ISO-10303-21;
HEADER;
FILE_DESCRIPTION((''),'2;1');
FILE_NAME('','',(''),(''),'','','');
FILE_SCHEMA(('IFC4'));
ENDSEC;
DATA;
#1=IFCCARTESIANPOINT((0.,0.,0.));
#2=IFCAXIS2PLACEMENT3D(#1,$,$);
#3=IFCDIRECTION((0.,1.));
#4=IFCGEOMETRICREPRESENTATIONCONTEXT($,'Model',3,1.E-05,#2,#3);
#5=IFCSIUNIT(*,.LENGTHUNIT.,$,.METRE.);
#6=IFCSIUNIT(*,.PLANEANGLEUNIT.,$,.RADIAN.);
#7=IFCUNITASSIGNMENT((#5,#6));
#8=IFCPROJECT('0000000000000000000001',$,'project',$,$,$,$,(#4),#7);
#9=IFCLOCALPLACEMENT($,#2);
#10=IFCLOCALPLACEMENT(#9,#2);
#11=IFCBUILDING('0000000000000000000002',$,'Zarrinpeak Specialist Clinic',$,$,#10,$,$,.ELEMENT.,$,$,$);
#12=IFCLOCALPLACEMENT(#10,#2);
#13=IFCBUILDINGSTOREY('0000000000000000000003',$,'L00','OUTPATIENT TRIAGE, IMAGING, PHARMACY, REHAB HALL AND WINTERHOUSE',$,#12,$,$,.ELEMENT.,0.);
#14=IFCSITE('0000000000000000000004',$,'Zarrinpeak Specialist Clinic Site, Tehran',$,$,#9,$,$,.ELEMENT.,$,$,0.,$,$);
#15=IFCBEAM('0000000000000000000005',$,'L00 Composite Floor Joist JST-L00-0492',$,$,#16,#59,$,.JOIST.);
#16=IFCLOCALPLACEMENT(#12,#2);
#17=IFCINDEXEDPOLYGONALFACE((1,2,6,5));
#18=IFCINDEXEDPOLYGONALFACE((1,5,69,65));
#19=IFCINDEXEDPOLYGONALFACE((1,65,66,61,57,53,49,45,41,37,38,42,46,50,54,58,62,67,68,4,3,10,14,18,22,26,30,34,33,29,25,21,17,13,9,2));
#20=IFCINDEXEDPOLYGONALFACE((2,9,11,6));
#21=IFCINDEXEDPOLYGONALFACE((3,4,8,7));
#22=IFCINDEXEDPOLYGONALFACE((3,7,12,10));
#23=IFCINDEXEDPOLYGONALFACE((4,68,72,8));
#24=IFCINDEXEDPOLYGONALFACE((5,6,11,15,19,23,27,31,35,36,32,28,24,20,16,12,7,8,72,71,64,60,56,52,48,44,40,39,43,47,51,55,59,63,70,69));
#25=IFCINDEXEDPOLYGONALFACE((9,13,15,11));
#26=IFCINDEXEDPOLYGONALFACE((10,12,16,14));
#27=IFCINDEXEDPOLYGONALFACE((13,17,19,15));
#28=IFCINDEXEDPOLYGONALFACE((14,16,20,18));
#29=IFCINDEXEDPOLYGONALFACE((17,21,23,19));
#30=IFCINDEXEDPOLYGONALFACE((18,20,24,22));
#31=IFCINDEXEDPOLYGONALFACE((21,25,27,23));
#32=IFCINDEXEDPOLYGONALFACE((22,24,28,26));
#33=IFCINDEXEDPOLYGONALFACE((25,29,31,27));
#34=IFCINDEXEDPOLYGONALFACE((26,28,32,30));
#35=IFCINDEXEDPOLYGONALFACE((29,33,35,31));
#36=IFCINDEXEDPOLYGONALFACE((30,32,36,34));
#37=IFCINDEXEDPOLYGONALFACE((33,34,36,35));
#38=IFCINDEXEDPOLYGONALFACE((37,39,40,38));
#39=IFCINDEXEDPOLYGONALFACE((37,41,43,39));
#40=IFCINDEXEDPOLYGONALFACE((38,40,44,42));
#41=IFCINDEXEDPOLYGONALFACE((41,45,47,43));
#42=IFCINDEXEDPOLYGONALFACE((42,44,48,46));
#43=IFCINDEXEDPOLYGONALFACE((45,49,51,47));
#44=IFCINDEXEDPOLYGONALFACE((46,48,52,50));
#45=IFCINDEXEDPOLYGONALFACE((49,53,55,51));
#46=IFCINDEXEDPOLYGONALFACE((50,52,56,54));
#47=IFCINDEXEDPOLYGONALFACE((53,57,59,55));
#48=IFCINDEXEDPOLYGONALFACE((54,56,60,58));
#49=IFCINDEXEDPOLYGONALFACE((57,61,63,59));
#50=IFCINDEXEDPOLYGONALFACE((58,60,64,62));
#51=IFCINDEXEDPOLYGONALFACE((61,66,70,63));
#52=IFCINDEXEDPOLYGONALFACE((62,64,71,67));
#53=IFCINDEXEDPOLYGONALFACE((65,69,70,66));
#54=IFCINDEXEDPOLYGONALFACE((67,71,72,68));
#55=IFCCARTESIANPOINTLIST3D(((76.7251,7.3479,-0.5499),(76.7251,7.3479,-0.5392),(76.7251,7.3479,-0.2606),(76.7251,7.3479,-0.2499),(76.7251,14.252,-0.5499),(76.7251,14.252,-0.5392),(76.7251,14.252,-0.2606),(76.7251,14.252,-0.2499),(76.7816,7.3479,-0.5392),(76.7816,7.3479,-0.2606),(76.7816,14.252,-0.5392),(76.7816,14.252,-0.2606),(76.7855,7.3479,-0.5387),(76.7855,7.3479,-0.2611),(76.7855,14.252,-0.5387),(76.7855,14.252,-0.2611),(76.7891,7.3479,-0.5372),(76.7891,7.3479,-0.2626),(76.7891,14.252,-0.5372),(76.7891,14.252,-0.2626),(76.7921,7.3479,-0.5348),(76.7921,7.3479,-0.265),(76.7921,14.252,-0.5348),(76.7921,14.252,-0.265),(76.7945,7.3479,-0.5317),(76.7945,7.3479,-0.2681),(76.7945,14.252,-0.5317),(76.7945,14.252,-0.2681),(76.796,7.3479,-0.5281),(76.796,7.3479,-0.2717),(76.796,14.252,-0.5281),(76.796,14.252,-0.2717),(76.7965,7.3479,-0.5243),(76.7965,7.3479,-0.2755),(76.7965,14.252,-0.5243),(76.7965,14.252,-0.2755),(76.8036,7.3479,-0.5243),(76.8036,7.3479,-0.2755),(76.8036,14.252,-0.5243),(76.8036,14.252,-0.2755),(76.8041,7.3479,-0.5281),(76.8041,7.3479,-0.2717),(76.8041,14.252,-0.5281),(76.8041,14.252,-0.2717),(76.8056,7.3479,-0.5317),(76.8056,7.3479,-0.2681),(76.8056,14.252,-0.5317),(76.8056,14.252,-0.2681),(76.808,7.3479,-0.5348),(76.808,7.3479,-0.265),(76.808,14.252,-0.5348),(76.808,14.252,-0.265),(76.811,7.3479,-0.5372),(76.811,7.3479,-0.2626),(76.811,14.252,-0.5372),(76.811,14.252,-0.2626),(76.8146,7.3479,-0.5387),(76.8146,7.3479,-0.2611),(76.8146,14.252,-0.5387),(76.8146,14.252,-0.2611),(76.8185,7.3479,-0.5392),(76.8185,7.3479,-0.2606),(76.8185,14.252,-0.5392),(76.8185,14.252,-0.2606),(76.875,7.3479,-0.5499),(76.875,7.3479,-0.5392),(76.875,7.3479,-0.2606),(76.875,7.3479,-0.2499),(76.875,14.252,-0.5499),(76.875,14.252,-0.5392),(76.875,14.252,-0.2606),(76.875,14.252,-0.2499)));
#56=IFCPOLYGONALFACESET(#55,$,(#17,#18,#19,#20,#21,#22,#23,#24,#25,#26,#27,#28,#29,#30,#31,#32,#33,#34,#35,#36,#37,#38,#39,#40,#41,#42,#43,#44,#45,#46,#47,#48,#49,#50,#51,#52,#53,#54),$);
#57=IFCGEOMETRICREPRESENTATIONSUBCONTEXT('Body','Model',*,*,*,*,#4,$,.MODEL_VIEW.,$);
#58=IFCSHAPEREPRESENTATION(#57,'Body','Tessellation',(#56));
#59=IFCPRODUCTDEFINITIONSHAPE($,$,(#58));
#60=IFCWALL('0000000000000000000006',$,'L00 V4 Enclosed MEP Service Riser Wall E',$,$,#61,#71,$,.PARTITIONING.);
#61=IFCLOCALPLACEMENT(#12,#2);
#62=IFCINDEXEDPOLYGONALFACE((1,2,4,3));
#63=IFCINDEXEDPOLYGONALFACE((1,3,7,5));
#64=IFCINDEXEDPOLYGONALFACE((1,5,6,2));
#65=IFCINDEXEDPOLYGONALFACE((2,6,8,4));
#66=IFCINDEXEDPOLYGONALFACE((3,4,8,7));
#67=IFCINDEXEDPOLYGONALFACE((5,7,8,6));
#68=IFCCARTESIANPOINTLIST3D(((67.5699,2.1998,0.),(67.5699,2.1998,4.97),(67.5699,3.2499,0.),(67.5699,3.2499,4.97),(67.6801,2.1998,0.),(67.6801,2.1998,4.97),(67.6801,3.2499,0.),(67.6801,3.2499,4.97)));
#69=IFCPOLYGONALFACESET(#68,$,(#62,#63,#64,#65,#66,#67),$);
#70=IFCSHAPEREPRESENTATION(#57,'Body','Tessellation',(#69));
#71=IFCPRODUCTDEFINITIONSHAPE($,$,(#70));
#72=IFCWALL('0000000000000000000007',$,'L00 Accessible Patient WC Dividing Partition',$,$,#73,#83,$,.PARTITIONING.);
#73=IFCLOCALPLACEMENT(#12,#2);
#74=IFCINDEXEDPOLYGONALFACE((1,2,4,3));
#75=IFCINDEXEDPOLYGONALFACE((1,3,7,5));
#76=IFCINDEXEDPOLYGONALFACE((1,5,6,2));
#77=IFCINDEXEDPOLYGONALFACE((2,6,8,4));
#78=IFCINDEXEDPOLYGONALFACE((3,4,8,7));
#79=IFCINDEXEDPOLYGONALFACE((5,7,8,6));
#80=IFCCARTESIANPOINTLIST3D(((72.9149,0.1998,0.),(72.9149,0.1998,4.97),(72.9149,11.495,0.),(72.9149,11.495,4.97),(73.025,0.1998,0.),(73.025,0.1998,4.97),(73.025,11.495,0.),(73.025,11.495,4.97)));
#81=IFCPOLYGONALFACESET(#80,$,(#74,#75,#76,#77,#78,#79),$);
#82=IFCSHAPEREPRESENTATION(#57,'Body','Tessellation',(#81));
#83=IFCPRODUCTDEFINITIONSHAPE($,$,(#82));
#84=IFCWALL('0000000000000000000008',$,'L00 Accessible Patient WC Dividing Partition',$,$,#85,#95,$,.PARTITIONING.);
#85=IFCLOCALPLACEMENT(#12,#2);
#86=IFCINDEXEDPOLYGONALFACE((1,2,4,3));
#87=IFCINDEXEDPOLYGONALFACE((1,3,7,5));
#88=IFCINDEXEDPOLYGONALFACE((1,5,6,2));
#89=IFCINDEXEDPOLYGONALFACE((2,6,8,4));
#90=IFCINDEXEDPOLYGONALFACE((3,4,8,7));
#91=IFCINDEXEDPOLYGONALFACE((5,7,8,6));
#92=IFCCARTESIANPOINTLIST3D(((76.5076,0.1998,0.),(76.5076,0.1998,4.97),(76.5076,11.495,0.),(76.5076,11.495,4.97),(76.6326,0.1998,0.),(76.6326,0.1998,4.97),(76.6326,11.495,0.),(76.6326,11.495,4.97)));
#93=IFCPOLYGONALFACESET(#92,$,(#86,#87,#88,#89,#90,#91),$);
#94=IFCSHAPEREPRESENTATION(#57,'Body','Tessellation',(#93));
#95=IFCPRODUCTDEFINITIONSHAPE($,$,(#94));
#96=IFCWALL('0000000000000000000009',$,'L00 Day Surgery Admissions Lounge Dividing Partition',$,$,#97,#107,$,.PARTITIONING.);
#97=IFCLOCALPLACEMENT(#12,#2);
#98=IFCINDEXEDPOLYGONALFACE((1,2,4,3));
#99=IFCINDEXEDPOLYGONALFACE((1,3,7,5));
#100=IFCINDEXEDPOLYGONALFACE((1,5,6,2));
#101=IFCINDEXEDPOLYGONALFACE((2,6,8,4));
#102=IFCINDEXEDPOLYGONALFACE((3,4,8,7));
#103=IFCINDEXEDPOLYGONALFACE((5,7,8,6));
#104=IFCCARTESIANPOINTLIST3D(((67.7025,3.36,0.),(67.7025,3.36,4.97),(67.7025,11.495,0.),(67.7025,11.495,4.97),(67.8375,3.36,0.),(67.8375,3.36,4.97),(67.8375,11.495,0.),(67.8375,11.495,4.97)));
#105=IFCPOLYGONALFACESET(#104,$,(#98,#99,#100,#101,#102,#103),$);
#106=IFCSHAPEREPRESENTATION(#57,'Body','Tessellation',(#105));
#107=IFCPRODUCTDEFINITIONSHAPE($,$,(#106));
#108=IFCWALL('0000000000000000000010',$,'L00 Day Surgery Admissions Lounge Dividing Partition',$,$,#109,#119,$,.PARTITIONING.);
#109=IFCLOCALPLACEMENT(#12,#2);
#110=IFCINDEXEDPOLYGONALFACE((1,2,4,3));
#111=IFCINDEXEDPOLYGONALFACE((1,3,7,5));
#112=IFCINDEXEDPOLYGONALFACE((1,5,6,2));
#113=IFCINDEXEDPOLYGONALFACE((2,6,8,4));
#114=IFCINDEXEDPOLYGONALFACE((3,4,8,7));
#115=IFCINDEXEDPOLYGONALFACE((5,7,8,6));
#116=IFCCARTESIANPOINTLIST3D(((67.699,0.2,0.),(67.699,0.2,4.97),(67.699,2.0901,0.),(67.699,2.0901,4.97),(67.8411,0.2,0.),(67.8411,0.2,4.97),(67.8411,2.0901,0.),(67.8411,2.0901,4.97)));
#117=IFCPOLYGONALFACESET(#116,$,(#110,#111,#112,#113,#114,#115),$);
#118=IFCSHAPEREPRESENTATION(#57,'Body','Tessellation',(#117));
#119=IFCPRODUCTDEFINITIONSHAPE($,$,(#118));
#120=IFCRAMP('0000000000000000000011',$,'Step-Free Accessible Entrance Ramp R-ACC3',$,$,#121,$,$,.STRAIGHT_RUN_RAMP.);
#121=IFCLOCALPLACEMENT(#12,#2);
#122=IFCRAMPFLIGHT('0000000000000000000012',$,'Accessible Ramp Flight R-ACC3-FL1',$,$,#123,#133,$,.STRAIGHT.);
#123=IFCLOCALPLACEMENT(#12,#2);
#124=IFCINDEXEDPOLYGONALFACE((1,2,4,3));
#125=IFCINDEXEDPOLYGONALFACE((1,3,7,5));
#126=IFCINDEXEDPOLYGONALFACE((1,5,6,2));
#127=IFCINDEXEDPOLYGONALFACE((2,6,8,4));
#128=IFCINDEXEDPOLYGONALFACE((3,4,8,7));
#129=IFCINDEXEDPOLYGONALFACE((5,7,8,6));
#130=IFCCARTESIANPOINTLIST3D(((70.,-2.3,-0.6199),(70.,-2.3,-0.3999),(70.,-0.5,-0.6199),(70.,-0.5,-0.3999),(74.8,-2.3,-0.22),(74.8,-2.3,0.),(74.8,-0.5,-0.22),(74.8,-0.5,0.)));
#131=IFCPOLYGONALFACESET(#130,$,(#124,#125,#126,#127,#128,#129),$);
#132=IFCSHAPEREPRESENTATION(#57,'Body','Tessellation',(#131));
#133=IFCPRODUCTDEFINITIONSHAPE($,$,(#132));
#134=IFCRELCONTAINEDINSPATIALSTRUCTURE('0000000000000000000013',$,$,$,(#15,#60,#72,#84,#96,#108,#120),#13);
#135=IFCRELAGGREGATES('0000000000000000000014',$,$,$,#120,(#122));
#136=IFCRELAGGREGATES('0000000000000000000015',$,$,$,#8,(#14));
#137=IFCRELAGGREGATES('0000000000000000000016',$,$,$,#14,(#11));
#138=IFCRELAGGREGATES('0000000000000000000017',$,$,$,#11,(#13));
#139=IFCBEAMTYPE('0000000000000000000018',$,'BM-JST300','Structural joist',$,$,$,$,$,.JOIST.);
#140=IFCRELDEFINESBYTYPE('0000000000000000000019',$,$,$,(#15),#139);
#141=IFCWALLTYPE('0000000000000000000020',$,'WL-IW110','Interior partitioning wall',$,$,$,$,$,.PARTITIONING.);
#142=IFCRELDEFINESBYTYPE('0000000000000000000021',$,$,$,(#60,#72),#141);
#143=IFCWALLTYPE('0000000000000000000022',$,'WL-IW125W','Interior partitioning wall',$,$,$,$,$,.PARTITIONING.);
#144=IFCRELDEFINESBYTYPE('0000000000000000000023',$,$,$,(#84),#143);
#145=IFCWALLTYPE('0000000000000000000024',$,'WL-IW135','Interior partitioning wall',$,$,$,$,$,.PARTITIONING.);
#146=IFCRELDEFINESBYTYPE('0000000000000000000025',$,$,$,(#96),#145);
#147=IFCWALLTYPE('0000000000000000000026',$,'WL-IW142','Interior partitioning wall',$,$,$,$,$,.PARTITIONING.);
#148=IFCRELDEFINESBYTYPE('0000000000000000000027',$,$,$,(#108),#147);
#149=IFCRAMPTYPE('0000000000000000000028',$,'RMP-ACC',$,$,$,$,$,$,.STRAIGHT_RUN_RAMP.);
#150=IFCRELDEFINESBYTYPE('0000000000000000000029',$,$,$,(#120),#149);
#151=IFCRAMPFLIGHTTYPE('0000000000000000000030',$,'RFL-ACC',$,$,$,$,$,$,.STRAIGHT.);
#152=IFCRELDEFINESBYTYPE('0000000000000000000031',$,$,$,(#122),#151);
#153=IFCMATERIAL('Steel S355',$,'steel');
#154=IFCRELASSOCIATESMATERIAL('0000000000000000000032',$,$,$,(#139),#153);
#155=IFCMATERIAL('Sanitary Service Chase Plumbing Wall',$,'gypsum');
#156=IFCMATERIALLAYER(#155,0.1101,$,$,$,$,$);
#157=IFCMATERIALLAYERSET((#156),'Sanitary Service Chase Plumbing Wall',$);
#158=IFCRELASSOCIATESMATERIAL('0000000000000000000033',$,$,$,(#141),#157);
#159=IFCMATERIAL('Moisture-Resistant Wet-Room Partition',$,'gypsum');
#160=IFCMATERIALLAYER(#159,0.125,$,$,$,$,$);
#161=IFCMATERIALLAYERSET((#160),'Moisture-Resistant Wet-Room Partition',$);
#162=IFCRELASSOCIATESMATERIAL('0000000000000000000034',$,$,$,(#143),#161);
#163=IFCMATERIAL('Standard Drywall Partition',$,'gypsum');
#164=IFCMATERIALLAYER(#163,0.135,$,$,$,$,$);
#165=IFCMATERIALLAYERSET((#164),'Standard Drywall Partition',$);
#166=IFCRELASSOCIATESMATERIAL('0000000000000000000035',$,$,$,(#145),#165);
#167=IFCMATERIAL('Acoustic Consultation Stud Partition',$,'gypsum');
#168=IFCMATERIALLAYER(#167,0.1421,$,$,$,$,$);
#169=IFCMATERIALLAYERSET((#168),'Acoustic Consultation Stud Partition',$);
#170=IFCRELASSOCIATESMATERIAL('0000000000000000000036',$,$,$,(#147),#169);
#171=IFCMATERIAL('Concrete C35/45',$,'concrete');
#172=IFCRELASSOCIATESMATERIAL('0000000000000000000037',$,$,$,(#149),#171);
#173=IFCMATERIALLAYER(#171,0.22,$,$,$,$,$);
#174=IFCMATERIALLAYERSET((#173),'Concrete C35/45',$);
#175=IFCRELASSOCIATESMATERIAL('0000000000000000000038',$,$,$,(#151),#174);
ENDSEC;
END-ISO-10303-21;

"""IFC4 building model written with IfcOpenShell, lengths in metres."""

from ifc_helpers import new_model, si_unit, direction, frame, frame_2d, origin, origin_2d, place, context, subcontext, project, spatial, polyline, rectangle, i_section, outline, extrude, material, layer, layer_set, material_profile, profile_set, type_object, element, aggregate, save


model = new_model("IFC4")

# Units and contexts
model_context = context("Model", 3, precision=1e-05, world=origin(), true_north=direction((0.0, 1.0)))
body_context = subcontext(model_context, "Body", "Model", "MODEL_VIEW")
ifc_project = project(units=[si_unit("LENGTHUNIT", "METRE"), si_unit("PLANEANGLEUNIT", "RADIAN")], contexts=[model_context])

# Site, building, storey
site_placement = place(None, origin())
site = spatial("IfcSite", under=ifc_project, at=site_placement, Name="Zarrinpeak Specialist Clinic Site, Tehran", CompositionType="ELEMENT", RefElevation=0.0)
building_placement = place(site_placement, origin())
building = spatial("IfcBuilding", under=site, at=building_placement, Name="Zarrinpeak Specialist Clinic", CompositionType="ELEMENT")
storey_placement = place(building_placement, origin())
storey = spatial("IfcBuildingStorey", under=building, at=storey_placement, Name="L00", Description="OUTPATIENT TRIAGE, IMAGING, PHARMACY, REHAB HALL AND WINTERHOUSE", CompositionType="ELEMENT", Elevation=0.0)

# Shared definitions
ifc_material_1 = material(Name="Steel S355", Category="steel")

# Beam
ifc_material_profile_1 = material_profile(ifc_material_1, i_section(OverallWidth=0.1499, OverallDepth=0.3, WebThickness=0.0071, FlangeThickness=0.0107, FilletRadius=0.0149, at=origin_2d()), Name="IPE 300")
ifc_profile_set_1 = profile_set([ifc_material_profile_1], Name="Steel S355")
beam_type_1 = type_object("IfcBeamType", Name="BM-JST300", Description="Structural joist", PredefinedType="JOIST", material=ifc_profile_set_1)
for number, where, z_axis, x_axis, name in (
    (1, (76.8, 7.3479, -0.3999), (0.0, 1.0, 0.0), (-1.0, 0.0, 0.0), "L00 Composite Floor Joist JST-L00-0492"),
):
    element("IfcBeam", number, at=place(storey_placement, frame(where, z_axis=z_axis, x_axis=x_axis)), inside=storey, type_object=beam_type_1, Name=name, PredefinedType="JOIST", context=body_context, shape_type="SweptSolid", body=[
        extrude(i_section(OverallWidth=0.1499, OverallDepth=0.3, WebThickness=0.0071, FlangeThickness=0.0107, FilletRadius=0.0149, at=origin_2d()), origin(), (0.0, 0.0, 1.0), 6.9041),
    ])

# Walls
ifc_material_2 = material(Name="Sanitary Service Chase Plumbing Wall", Category="gypsum")
ifc_layer_1 = layer(ifc_material_2, 0.1101)
ifc_layer_set_1 = layer_set([ifc_layer_1], Name="Sanitary Service Chase Plumbing Wall")
wall_type_1 = type_object("IfcWallType", Name="WL-IW110", Description="Interior partitioning wall", PredefinedType="PARTITIONING", material=ifc_layer_set_1)
wall_1_placement = place(storey_placement, frame((67.625, 2.2, 0.0), z_axis=(0.0, 0.0, 1.0), x_axis=(0.0, 1.0, 0.0)))
element("IfcWall", 2, at=wall_1_placement, inside=storey, type_object=wall_type_1, Name="L00 V4 Enclosed MEP Service Riser Wall E", PredefinedType="PARTITIONING", context=body_context, shape_type="SweptSolid", body=[
    extrude(rectangle(XDim=1.05, YDim=0.1101, at=frame_2d((0.5249, 0.0))), origin(), (0.0, 0.0, 1.0), 4.97),
])
wall_2_placement = place(storey_placement, frame((72.97, 0.2, 0.0), z_axis=(0.0, 0.0, 1.0), x_axis=(0.0, 1.0, 0.0)))
element("IfcWall", 3, at=wall_2_placement, inside=storey, type_object=wall_type_1, Name="L00 Accessible Patient WC Dividing Partition", PredefinedType="PARTITIONING", context=body_context, shape_type="SweptSolid", body=[
    extrude(rectangle(XDim=11.2952, YDim=0.1101, at=frame_2d((5.6475, 0.0))), origin(), (0.0, 0.0, 1.0), 4.97),
])
ifc_material_3 = material(Name="Moisture-Resistant Wet-Room Partition", Category="gypsum")
ifc_layer_2 = layer(ifc_material_3, 0.125)
ifc_layer_set_2 = layer_set([ifc_layer_2], Name="Moisture-Resistant Wet-Room Partition")
wall_type_2 = type_object("IfcWallType", Name="WL-IW125W", Description="Interior partitioning wall", PredefinedType="PARTITIONING", material=ifc_layer_set_2)
wall_3_placement = place(storey_placement, frame((76.5701, 0.2, 0.0), z_axis=(0.0, 0.0, 1.0), x_axis=(0.0, 1.0, 0.0)))
element("IfcWall", 4, at=wall_3_placement, inside=storey, type_object=wall_type_2, Name="L00 Accessible Patient WC Dividing Partition", PredefinedType="PARTITIONING", context=body_context, shape_type="SweptSolid", body=[
    extrude(rectangle(XDim=11.2952, YDim=0.125, at=frame_2d((5.6475, 0.0))), origin(), (0.0, 0.0, 1.0), 4.97),
])
ifc_material_4 = material(Name="Standard Drywall Partition", Category="gypsum")
ifc_layer_3 = layer(ifc_material_4, 0.135)
ifc_layer_set_3 = layer_set([ifc_layer_3], Name="Standard Drywall Partition")
wall_type_3 = type_object("IfcWallType", Name="WL-IW135", Description="Interior partitioning wall", PredefinedType="PARTITIONING", material=ifc_layer_set_3)
wall_4_placement = place(storey_placement, frame((67.77, 3.3601, 0.0), z_axis=(0.0, 0.0, 1.0), x_axis=(0.0, 1.0, 0.0)))
element("IfcWall", 5, at=wall_4_placement, inside=storey, type_object=wall_type_3, Name="L00 Day Surgery Admissions Lounge Dividing Partition", PredefinedType="PARTITIONING", context=body_context, shape_type="SweptSolid", body=[
    extrude(rectangle(XDim=8.135, YDim=0.135, at=frame_2d((4.0674, 0.0))), origin(), (0.0, 0.0, 1.0), 4.97),
])
ifc_material_5 = material(Name="Acoustic Consultation Stud Partition", Category="gypsum")
ifc_layer_4 = layer(ifc_material_5, 0.1421)
ifc_layer_set_4 = layer_set([ifc_layer_4], Name="Acoustic Consultation Stud Partition")
wall_type_4 = type_object("IfcWallType", Name="WL-IW142", Description="Interior partitioning wall", PredefinedType="PARTITIONING", material=ifc_layer_set_4)
wall_5_placement = place(storey_placement, frame((67.77, 0.2, 0.0), z_axis=(0.0, 0.0, 1.0), x_axis=(0.0, 1.0, 0.0)))
element("IfcWall", 6, at=wall_5_placement, inside=storey, type_object=wall_type_4, Name="L00 Day Surgery Admissions Lounge Dividing Partition", PredefinedType="PARTITIONING", context=body_context, shape_type="SweptSolid", body=[
    extrude(rectangle(XDim=1.8901, YDim=0.1421, at=frame_2d((0.9451, 0.0))), origin(), (0.0, 0.0, 1.0), 4.97),
])

# Ramp, ramp flight
ifc_material_6 = material(Name="Concrete C35/45", Category="concrete")
ramp_type = type_object("IfcRampType", Name="RMP-ACC", PredefinedType="STRAIGHT_RUN_RAMP", material=ifc_material_6)
ramp_placement = place(storey_placement, origin())
ramp = element("IfcRamp", 7, at=ramp_placement, inside=storey, type_object=ramp_type, Name="Step-Free Accessible Entrance Ramp R-ACC3", PredefinedType="STRAIGHT_RUN_RAMP")
ifc_layer_5 = layer(ifc_material_6, 0.22)
ifc_layer_set_5 = layer_set([ifc_layer_5], Name="Concrete C35/45")
ramp_flight_type = type_object("IfcRampFlightType", Name="RFL-ACC", PredefinedType="STRAIGHT", material=ifc_layer_set_5)
ramp_flight_placement = place(storey_placement, frame((70.0, -1.3999, -0.3999), z_axis=(0.0, 0.0, 1.0), x_axis=(1.0, 0.0, 0.0)))
ramp_flight = element("IfcRampFlight", 8, at=ramp_flight_placement, type_object=ramp_flight_type, Name="Accessible Ramp Flight R-ACC3-FL1", PredefinedType="STRAIGHT", context=body_context, shape_type="SweptSolid", body=[
    extrude(outline(polyline([(0.0, 0.0), (0.0, -0.22), (4.8, 0.1799), (4.8, 0.3999), (0.0, 0.0)])), frame((0.0, 0.8999, 0.0), z_axis=(0.0, -1.0, 0.0), x_axis=(1.0, 0.0, 0.0)), (0.0, 0.0, 1.0), 1.8),
])
aggregate(ramp, [ramp_flight])

save(model, "model.ifc")
